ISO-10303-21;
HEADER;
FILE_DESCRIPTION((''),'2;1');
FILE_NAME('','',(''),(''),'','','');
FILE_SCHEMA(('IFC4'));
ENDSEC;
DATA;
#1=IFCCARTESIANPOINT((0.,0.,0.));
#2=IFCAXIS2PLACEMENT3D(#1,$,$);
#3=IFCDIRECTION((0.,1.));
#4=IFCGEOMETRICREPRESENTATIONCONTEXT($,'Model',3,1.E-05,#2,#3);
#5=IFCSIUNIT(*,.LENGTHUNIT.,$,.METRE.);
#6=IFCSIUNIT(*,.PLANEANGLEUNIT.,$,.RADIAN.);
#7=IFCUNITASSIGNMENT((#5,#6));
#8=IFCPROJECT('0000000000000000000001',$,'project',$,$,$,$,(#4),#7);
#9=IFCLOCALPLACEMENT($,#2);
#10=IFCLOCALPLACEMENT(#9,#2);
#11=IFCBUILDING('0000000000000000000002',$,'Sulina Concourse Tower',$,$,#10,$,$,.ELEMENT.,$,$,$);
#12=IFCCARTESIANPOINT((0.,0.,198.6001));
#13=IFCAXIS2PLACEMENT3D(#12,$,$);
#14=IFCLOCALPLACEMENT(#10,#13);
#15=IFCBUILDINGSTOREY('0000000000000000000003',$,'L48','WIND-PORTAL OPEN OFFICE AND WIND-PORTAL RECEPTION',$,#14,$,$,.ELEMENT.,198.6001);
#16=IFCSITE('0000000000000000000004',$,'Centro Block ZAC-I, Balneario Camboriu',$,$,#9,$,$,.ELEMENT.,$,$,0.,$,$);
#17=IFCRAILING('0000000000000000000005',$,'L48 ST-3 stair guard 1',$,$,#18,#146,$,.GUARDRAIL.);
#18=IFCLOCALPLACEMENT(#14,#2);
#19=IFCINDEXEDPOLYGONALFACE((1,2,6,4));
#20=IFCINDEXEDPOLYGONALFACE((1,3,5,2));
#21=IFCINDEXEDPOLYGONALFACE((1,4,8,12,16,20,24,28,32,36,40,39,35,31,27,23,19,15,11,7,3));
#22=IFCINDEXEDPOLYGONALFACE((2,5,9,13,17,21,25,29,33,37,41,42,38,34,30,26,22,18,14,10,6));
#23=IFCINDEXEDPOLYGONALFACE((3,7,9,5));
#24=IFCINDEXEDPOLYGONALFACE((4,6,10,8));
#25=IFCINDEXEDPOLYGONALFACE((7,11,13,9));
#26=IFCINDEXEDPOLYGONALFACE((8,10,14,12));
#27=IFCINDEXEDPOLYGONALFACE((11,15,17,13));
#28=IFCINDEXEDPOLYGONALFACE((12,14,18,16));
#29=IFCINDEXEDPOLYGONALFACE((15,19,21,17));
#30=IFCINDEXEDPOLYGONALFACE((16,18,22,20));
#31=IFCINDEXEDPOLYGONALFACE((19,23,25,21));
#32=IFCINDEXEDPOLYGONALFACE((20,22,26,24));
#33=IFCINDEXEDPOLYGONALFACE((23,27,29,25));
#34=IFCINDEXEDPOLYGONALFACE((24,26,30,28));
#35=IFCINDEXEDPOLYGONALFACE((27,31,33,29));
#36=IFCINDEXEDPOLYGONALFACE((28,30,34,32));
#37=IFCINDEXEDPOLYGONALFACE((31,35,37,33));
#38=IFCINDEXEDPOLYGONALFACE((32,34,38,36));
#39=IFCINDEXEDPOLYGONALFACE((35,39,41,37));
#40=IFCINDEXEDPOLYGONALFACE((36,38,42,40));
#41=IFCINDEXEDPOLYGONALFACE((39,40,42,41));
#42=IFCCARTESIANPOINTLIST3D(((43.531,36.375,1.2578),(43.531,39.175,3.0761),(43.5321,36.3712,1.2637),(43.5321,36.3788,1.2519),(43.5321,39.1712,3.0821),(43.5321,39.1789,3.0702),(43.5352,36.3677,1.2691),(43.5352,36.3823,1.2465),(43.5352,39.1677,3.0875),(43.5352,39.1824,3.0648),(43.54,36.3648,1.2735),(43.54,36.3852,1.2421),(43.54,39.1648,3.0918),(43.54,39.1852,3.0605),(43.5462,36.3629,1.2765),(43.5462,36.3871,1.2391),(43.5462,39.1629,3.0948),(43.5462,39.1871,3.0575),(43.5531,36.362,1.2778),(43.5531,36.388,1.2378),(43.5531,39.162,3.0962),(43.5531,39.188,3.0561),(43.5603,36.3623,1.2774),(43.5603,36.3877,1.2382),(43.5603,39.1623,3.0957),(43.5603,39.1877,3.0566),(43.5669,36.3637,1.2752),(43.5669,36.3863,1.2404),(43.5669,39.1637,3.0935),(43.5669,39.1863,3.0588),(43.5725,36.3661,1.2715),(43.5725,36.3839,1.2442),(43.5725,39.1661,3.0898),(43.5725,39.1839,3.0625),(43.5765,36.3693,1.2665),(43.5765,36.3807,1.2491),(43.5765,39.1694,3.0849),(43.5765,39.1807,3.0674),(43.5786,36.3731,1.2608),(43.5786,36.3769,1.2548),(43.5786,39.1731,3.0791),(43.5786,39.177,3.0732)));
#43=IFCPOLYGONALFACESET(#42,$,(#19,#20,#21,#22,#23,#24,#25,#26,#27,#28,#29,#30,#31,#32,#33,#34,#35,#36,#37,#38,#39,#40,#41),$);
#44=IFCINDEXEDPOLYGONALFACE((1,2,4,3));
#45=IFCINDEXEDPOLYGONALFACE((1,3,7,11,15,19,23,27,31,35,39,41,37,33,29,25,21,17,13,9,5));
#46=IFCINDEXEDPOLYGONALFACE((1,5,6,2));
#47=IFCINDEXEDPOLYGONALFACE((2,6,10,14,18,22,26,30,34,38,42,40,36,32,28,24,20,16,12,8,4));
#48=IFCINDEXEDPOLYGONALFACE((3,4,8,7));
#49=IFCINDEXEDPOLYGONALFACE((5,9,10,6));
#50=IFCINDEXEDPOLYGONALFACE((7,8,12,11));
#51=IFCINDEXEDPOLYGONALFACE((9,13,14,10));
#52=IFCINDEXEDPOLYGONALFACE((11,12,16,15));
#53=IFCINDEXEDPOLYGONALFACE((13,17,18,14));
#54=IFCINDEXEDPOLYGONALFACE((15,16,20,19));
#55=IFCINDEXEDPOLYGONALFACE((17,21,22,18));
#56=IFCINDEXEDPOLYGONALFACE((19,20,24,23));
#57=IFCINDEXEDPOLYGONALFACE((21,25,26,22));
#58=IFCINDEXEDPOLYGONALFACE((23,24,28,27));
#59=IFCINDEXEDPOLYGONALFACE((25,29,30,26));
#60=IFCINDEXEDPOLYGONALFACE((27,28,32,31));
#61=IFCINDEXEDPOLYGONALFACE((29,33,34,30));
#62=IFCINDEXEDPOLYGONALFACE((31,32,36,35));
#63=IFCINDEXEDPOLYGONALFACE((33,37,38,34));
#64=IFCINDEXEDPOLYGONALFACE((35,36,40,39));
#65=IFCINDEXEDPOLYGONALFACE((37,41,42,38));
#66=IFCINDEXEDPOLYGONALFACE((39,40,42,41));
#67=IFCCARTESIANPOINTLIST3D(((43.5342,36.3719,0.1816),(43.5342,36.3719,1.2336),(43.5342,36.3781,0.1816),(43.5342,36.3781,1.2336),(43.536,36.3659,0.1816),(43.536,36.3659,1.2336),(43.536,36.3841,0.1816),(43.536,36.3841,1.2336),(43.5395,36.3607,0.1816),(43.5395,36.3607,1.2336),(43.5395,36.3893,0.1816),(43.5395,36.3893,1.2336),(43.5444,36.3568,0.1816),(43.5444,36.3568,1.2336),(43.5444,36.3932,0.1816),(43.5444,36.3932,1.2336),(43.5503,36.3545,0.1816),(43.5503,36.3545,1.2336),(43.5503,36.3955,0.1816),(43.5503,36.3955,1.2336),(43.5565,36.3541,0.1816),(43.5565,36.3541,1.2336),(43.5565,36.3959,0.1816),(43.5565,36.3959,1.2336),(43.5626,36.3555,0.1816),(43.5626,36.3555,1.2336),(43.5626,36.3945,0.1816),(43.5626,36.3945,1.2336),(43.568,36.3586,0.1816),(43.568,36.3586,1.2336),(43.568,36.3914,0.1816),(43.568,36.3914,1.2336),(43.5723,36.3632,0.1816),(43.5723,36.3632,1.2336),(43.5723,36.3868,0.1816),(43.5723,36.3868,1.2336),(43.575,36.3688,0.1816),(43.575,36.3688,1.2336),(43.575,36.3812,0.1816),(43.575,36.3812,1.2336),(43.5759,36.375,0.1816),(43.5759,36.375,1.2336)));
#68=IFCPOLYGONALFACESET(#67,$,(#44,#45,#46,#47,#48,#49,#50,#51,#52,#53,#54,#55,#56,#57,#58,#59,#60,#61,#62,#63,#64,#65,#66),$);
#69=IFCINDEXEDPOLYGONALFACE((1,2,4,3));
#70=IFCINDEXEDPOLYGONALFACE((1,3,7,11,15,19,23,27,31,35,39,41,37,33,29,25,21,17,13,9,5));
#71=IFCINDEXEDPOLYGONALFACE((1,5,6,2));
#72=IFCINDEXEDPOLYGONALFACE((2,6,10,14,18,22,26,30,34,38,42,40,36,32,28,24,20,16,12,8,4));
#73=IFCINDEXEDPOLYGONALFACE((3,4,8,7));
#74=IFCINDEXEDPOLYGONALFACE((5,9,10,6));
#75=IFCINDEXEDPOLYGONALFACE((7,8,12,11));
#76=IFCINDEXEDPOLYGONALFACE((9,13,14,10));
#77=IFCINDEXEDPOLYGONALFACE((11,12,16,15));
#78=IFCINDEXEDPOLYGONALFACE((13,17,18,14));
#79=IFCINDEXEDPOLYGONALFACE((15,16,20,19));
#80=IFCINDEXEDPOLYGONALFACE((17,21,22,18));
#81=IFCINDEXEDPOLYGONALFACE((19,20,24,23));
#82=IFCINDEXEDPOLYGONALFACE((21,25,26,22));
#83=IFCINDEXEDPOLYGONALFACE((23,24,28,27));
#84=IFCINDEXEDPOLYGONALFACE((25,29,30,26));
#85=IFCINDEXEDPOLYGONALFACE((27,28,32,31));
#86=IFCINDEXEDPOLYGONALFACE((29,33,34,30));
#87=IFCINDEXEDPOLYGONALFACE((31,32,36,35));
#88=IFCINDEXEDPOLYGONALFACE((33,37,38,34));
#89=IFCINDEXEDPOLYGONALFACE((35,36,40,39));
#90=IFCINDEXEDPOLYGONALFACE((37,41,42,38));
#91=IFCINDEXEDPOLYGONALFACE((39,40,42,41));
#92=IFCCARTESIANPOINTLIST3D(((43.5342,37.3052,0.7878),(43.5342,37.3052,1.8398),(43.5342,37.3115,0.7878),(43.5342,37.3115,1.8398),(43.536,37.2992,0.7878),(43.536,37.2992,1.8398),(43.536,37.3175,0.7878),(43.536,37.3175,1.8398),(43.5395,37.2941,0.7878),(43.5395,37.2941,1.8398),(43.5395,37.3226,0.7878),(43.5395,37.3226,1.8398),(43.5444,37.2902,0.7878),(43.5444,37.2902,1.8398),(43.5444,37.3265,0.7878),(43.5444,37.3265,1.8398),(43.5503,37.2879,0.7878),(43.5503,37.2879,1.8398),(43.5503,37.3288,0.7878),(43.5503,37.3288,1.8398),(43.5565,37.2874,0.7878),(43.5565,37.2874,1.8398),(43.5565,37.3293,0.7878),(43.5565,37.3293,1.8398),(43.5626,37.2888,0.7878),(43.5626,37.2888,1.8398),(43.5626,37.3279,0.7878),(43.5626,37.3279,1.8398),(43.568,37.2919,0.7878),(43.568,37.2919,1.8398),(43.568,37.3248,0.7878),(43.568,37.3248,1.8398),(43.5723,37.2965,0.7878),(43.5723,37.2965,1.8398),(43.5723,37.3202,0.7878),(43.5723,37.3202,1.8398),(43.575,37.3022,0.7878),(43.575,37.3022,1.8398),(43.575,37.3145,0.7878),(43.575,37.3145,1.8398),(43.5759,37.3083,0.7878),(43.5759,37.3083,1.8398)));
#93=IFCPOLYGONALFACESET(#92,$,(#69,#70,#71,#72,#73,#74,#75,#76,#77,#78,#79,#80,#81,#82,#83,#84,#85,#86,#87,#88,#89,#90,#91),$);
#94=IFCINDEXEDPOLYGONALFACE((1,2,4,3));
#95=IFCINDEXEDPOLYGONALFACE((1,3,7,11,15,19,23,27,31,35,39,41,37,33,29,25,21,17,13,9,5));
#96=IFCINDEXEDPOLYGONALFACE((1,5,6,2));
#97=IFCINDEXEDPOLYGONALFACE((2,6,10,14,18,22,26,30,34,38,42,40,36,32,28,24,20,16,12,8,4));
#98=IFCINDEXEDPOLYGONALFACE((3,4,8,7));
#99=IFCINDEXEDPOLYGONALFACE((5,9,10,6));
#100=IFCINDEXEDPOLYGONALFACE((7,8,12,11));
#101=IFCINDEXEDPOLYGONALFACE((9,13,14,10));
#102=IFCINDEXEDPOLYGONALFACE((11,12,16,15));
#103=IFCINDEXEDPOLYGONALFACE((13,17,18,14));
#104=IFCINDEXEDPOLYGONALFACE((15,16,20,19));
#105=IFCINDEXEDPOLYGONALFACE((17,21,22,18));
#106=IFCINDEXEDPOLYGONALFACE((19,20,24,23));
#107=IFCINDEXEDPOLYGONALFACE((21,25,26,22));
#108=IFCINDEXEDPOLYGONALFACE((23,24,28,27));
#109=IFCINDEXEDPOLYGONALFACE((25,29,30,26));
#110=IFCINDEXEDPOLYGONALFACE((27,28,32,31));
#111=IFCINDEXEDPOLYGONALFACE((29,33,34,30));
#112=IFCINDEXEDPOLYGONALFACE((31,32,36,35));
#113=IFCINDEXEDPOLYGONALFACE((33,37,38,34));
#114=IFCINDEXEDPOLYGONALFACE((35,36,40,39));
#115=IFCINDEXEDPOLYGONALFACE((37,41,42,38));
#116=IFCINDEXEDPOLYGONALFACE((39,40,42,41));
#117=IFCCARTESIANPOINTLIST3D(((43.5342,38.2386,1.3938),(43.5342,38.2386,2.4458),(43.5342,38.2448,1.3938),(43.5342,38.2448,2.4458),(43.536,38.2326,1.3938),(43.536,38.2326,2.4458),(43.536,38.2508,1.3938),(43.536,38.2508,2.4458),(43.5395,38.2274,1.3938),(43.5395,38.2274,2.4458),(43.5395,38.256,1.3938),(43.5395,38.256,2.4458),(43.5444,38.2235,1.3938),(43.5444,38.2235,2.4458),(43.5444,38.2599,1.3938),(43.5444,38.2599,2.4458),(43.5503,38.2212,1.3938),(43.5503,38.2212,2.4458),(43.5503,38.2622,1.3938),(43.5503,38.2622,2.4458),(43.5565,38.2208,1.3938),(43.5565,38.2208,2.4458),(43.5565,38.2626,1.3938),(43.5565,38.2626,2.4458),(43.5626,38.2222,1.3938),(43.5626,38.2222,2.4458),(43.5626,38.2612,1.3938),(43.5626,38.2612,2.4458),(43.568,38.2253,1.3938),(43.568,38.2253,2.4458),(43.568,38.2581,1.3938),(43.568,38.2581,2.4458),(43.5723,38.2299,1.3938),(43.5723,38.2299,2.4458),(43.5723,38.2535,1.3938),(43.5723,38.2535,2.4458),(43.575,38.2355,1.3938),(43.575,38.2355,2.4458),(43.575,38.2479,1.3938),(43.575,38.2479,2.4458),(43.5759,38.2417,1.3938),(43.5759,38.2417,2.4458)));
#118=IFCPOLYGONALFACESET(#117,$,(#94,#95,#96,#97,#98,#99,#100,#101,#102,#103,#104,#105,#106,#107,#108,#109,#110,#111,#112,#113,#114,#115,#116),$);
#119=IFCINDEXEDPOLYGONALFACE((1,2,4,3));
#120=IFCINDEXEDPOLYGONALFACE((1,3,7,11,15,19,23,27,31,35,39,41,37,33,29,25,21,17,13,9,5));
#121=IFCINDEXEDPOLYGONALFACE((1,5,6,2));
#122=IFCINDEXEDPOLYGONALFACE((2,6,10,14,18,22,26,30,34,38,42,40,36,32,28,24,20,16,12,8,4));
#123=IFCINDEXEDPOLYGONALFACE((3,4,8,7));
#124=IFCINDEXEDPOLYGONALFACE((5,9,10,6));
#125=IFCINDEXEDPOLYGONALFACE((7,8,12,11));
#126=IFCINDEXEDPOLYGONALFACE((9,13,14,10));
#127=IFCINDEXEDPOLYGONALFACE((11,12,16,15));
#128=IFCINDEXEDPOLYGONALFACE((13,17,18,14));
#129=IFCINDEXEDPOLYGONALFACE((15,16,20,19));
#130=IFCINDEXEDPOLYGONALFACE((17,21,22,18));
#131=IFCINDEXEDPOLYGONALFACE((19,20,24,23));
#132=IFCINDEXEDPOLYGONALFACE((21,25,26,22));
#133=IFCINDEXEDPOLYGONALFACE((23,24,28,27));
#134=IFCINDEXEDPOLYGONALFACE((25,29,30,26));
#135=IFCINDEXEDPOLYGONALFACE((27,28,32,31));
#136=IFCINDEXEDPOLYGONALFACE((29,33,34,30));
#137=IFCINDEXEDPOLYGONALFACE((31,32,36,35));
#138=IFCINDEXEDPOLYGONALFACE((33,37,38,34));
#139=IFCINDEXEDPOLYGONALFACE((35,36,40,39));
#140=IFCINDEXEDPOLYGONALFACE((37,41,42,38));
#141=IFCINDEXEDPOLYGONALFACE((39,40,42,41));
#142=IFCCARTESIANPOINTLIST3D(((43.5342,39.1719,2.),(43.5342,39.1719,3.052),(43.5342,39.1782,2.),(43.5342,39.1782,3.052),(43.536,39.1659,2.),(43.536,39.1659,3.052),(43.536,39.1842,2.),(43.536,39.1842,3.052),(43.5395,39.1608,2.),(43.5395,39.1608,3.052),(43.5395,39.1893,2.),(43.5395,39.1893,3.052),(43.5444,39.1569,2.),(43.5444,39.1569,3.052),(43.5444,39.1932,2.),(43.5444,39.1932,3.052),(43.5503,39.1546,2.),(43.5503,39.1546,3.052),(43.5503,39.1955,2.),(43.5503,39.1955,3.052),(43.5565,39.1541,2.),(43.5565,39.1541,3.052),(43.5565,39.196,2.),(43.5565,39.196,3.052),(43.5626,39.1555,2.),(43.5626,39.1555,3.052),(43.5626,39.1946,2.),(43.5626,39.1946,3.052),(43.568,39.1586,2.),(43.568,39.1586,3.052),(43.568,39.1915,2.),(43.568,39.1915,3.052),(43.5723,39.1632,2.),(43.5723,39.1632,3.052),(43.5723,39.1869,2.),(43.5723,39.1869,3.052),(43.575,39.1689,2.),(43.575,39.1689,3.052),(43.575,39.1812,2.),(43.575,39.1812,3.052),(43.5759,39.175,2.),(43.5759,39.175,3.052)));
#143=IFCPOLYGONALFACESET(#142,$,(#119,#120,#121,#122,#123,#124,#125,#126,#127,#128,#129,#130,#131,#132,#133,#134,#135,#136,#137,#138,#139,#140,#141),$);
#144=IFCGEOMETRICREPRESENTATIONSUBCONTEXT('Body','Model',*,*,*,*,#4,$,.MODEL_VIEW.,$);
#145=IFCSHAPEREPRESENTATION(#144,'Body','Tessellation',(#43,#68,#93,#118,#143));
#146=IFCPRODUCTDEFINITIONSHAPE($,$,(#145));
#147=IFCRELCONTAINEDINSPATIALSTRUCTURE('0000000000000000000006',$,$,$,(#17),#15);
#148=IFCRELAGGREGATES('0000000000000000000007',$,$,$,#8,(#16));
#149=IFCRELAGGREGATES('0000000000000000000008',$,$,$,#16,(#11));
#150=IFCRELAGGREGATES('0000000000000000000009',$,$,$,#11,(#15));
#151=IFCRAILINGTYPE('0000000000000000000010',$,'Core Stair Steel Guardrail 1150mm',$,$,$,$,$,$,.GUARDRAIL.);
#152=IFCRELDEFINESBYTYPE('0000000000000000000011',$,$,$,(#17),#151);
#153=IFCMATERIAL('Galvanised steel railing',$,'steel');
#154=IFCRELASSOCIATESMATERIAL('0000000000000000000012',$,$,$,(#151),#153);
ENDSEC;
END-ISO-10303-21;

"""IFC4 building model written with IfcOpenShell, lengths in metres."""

from ifc_helpers import new_model, si_unit, direction, frame, origin, origin_2d, place, context, subcontext, project, spatial, circle, extrude, material, type_object, element, save


model = new_model("IFC4")

# Units and contexts
model_context = context("Model", 3, precision=1e-05, world=origin(), true_north=direction((0.0, 1.0)))
body_context = subcontext(model_context, "Body", "Model", "MODEL_VIEW")
ifc_project = project(units=[si_unit("LENGTHUNIT", "METRE"), si_unit("PLANEANGLEUNIT", "RADIAN")], contexts=[model_context])

# Site, building, storey
site_placement = place(None, origin())
site = spatial("IfcSite", under=ifc_project, at=site_placement, Name="Centro Block ZAC-I, Balneario Camboriu", CompositionType="ELEMENT", RefElevation=0.0)
building_placement = place(site_placement, origin())
building = spatial("IfcBuilding", under=site, at=building_placement, Name="Sulina Concourse Tower", CompositionType="ELEMENT")
storey_placement = place(building_placement, frame((0.0, 0.0, 198.6001)))
storey = spatial("IfcBuildingStorey", under=building, at=storey_placement, Name="L48", Description="WIND-PORTAL OPEN OFFICE AND WIND-PORTAL RECEPTION", CompositionType="ELEMENT", Elevation=198.6001)

# Railing
ifc_material_1 = material(Name="Galvanised steel railing", Category="steel")
railing_type_1 = type_object("IfcRailingType", Name="Core Stair Steel Guardrail 1150mm", PredefinedType="GUARDRAIL", material=ifc_material_1)
railing_1_placement = place(storey_placement, frame((43.5549, 36.375, 0.1816)))
element("IfcRailing", 1, at=railing_1_placement, inside=storey, type_object=railing_type_1, Name="L48 ST-3 stair guard 1", PredefinedType="GUARDRAIL", context=body_context, shape_type="SweptSolid", body=[
    extrude(circle(Radius=0.0239, at=origin_2d()), frame((0.0, 0.0, 1.0762), z_axis=(0.0, 0.838672, 0.544636), x_axis=(-1.0, 0.0, 0.0)), (0.0, 0.0, 1.0), 3.3386),
    extrude(circle(Radius=0.021, at=origin_2d()), origin(), (0.0, 0.0, 1.0), 1.052),
    extrude(circle(Radius=0.021, at=origin_2d()), frame((0.0, 0.9333, 0.6062)), (0.0, 0.0, 1.0), 1.052),
    extrude(circle(Radius=0.021, at=origin_2d()), frame((0.0, 1.8667, 1.2122)), (0.0, 0.0, 1.0), 1.052),
    extrude(circle(Radius=0.021, at=origin_2d()), frame((0.0, 2.8, 1.8184)), (0.0, 0.0, 1.0), 1.052),
])

save(model, "model.ifc")
